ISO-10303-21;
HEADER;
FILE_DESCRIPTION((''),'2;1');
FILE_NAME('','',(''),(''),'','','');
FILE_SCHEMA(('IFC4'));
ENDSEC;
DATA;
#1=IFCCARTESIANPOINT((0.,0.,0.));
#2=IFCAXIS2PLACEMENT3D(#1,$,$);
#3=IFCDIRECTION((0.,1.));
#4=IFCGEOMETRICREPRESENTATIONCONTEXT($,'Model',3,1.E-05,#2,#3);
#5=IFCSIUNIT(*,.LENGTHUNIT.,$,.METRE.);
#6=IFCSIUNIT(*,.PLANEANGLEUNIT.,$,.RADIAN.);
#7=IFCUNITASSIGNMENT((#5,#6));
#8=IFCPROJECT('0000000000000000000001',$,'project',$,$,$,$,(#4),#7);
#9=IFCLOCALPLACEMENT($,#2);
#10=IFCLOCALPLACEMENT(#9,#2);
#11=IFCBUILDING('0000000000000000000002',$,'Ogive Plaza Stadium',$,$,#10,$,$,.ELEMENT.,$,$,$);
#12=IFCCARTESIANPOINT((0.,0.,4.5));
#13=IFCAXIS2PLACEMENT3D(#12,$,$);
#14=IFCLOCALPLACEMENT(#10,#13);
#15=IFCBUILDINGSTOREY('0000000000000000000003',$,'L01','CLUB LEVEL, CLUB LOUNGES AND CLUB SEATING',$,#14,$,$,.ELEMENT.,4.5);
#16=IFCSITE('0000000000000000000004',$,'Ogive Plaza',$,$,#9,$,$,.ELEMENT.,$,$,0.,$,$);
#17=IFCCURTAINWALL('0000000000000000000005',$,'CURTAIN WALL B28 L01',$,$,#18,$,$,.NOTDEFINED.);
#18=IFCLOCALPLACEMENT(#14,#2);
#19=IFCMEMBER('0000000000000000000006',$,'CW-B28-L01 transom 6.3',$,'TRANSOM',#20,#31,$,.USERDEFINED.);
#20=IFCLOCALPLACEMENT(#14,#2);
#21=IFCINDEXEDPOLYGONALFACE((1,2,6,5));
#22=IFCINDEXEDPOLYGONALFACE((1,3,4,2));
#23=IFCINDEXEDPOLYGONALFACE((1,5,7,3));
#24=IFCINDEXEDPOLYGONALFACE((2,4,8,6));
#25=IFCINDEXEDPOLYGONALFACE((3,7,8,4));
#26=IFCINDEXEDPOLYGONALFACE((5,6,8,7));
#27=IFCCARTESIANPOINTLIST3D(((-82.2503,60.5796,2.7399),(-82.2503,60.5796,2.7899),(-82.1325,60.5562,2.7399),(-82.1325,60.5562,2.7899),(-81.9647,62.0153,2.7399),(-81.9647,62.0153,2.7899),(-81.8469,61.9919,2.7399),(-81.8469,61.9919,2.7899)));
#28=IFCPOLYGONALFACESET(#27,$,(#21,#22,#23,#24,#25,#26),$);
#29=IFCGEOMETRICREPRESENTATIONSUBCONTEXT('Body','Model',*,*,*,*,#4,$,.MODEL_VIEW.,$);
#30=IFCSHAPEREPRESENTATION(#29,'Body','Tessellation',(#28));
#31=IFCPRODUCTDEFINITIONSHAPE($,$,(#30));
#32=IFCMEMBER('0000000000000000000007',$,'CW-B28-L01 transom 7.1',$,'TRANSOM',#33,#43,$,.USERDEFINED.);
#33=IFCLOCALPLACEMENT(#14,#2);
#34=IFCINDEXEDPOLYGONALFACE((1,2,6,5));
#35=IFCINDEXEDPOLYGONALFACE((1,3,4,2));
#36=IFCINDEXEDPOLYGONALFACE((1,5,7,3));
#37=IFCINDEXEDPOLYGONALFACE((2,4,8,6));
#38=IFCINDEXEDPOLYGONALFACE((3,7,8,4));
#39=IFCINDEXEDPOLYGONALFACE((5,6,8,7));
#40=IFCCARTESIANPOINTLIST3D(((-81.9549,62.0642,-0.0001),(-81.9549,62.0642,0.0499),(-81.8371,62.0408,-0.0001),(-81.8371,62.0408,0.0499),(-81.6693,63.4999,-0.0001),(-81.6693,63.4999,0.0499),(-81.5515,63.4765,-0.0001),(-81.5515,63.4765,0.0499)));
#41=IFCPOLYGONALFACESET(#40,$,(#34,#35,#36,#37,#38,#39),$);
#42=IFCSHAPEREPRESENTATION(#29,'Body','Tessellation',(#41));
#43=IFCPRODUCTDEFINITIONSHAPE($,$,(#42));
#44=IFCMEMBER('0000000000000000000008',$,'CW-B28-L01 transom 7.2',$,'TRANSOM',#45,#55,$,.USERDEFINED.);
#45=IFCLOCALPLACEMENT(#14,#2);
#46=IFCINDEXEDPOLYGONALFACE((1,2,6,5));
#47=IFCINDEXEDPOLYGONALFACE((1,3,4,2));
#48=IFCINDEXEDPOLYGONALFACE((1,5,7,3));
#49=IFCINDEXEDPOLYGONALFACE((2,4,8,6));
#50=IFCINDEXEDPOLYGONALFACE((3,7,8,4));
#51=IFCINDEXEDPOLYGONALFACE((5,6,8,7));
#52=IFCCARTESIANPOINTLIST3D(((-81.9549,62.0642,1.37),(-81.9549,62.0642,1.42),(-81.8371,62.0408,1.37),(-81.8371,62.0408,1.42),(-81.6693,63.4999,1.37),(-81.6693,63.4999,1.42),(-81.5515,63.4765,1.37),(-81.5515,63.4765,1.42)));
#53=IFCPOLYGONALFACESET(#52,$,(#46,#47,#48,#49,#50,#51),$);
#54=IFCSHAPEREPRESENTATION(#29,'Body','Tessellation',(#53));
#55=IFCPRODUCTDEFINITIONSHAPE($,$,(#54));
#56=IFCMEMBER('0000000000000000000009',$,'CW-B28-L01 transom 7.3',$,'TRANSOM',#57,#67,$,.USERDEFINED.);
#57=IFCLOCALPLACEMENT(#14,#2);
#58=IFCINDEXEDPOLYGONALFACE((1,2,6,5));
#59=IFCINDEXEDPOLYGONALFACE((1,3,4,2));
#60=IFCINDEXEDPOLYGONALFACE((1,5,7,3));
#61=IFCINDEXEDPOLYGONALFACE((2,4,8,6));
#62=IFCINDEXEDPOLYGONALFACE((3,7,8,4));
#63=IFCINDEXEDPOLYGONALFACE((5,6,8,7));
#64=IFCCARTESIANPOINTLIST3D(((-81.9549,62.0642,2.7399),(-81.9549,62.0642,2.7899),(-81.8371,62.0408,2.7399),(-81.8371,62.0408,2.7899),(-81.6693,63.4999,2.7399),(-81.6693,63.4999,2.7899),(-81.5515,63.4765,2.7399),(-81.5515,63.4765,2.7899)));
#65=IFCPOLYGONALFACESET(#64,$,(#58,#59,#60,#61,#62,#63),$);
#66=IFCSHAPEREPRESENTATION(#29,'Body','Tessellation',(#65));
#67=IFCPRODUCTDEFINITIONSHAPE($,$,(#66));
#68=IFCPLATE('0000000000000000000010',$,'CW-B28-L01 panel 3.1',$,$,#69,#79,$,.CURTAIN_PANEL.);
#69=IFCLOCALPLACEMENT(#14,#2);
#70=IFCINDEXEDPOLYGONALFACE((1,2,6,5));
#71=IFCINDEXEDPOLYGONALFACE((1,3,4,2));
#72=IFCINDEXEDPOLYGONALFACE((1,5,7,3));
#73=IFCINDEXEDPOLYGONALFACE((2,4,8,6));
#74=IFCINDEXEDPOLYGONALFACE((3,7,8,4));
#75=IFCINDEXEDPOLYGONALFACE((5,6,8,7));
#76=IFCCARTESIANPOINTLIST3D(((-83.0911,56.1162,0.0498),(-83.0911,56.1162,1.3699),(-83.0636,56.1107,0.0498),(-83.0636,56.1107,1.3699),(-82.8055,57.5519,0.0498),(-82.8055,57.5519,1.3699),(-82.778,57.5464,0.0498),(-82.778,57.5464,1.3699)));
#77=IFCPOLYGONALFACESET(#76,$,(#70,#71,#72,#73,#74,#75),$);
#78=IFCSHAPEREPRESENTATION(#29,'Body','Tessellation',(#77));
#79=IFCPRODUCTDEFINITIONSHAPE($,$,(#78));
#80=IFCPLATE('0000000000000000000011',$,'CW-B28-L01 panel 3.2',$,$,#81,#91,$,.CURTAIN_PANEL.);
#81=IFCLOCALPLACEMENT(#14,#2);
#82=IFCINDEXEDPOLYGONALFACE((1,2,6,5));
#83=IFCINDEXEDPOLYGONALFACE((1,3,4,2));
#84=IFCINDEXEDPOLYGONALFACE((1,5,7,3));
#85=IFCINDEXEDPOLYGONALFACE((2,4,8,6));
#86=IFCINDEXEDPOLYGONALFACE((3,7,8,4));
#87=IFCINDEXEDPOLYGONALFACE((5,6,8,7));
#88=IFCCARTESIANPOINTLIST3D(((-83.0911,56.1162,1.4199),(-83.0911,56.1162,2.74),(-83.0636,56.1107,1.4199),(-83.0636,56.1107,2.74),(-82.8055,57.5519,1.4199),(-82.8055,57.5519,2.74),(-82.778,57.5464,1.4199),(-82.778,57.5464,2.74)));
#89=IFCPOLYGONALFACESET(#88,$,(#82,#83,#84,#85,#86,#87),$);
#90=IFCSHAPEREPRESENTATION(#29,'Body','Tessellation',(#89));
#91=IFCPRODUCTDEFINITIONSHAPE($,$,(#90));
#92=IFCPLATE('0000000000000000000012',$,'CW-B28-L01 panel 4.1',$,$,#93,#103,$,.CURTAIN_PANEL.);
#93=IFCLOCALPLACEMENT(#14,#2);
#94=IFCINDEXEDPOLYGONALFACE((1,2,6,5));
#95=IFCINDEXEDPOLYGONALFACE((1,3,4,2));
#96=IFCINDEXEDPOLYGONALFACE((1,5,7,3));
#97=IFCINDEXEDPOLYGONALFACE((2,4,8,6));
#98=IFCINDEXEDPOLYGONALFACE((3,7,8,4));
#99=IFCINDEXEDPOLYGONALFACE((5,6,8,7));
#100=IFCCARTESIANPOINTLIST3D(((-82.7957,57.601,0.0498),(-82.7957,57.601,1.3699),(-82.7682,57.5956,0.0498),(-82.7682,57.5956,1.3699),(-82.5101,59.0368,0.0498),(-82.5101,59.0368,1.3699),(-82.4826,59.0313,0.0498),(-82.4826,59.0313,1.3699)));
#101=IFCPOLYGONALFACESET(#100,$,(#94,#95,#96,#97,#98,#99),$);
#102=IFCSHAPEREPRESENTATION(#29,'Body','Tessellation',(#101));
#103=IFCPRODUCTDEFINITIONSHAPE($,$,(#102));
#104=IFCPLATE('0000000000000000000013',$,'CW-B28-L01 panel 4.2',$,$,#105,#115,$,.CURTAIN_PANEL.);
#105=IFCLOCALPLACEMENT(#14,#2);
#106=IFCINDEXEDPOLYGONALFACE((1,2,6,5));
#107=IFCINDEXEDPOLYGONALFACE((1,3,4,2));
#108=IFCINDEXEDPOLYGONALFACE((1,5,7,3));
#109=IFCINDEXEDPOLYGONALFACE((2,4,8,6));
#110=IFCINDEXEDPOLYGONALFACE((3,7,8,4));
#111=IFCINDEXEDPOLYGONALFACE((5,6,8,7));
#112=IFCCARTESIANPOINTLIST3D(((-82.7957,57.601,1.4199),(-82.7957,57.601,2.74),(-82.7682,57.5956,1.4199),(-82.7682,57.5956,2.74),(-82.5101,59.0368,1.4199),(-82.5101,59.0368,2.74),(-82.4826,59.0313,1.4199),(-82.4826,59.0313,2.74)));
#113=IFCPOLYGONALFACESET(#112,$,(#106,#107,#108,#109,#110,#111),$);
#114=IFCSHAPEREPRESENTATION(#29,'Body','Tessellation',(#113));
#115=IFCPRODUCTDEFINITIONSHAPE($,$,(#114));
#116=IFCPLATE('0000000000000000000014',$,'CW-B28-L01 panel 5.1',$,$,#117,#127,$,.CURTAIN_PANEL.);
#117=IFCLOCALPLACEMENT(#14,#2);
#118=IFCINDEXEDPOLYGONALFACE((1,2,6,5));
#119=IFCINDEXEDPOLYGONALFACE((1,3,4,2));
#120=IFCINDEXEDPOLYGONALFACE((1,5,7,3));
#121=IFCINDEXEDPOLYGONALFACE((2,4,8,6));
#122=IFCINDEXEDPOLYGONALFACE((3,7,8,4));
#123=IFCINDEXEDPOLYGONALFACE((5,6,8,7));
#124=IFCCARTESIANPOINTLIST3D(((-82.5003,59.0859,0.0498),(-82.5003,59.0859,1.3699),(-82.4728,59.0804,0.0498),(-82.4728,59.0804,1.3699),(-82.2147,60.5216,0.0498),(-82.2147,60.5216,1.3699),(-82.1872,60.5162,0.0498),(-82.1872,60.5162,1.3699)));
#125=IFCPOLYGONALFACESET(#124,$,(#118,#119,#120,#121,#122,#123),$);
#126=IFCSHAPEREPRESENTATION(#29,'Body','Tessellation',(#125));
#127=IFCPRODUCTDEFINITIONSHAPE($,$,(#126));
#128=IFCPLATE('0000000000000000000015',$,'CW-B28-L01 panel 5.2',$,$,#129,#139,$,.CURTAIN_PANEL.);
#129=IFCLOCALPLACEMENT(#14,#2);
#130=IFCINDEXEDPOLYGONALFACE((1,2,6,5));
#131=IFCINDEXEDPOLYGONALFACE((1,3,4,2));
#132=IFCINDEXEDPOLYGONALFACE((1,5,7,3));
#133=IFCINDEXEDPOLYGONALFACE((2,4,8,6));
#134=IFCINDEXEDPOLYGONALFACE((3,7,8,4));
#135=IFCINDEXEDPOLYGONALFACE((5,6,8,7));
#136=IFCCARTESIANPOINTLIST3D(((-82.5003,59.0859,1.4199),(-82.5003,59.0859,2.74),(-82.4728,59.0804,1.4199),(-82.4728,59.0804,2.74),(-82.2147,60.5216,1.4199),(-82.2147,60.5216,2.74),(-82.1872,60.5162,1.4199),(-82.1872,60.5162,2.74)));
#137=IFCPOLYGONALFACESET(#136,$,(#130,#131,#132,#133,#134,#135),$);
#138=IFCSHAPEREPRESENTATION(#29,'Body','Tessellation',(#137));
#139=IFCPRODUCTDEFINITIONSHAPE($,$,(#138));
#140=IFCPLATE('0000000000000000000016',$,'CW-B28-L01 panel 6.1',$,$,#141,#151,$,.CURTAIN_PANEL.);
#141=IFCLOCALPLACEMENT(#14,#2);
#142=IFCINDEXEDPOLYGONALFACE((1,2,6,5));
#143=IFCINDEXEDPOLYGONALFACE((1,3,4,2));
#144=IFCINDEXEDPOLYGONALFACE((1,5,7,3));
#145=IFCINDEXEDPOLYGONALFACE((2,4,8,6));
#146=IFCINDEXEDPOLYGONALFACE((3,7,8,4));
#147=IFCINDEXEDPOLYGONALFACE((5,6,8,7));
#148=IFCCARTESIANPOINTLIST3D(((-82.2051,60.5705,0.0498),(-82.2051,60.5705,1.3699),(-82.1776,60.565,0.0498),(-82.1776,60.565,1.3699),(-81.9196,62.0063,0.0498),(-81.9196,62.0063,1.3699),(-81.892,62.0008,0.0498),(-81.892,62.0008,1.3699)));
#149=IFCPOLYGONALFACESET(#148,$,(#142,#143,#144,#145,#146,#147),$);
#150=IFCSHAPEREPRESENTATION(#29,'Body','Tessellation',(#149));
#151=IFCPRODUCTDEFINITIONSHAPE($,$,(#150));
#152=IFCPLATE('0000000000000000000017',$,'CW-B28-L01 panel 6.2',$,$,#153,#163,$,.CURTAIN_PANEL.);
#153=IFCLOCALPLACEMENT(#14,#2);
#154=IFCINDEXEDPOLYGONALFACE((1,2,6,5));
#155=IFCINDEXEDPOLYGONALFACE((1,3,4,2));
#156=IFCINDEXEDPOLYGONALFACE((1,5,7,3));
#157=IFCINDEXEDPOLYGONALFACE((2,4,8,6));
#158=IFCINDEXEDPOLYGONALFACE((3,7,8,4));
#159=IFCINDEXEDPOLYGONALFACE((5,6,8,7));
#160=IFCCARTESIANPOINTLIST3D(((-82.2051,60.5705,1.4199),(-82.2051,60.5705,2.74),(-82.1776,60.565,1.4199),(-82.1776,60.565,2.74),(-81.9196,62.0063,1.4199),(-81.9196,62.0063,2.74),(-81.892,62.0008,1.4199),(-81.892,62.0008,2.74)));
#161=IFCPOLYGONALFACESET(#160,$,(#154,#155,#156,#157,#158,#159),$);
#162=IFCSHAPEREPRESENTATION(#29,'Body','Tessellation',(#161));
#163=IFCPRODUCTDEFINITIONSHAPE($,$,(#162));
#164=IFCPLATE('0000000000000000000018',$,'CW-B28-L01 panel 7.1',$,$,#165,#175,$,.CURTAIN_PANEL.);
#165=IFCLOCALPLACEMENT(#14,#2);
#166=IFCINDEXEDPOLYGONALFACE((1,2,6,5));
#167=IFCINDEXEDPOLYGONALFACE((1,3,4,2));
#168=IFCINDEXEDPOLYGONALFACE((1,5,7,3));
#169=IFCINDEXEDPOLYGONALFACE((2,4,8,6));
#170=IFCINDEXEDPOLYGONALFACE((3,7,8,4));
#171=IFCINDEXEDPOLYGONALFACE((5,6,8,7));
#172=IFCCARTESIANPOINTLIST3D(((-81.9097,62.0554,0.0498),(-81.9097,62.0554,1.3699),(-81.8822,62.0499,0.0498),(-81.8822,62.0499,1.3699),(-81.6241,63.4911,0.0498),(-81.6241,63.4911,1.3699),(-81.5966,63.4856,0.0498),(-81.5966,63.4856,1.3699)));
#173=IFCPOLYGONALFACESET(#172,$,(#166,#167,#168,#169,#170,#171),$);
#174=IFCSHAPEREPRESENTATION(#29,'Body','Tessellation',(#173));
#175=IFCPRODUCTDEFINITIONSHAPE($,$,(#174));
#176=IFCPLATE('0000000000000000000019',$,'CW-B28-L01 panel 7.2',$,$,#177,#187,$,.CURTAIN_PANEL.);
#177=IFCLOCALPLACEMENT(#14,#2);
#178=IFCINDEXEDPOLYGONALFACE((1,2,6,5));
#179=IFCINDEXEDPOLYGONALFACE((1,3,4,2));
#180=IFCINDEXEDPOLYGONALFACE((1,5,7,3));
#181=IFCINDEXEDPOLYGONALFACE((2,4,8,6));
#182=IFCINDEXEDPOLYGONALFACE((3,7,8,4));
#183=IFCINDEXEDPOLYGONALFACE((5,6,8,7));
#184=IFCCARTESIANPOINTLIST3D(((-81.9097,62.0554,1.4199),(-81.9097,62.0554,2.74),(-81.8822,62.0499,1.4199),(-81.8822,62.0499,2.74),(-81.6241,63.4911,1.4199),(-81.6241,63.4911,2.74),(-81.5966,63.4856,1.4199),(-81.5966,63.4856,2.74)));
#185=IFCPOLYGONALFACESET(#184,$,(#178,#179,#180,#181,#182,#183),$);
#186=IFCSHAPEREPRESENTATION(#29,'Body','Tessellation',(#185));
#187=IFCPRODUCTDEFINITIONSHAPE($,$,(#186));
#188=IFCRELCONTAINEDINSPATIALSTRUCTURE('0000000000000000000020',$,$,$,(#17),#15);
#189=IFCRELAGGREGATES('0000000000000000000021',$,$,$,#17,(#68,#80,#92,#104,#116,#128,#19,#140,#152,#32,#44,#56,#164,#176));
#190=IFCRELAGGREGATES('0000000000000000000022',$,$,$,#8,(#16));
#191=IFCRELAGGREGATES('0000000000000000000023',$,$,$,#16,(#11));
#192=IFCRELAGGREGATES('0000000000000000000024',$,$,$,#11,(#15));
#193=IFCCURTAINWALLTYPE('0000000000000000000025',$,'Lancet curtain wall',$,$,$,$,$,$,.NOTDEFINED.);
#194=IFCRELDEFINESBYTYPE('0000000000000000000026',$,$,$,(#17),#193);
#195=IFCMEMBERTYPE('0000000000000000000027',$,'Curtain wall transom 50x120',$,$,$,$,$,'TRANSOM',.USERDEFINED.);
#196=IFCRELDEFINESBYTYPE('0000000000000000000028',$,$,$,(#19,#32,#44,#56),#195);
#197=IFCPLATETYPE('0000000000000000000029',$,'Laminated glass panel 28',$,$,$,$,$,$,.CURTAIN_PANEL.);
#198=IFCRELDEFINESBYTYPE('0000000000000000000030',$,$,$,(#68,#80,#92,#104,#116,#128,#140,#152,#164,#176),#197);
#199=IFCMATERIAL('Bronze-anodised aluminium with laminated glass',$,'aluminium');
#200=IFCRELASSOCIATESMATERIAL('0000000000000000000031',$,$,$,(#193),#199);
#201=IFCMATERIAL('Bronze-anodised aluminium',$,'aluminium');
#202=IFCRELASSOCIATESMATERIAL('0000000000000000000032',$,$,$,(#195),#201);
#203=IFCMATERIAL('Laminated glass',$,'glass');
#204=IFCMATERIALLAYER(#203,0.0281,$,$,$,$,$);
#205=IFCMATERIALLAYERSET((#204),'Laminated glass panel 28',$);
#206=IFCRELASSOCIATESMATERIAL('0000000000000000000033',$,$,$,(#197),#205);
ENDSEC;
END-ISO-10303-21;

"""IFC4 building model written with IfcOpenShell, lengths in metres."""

from ifc_helpers import new_model, si_unit, direction, frame, origin, origin_2d, place, context, subcontext, project, spatial, rectangle, extrude, material, layer, layer_set, material_profile, profile_set, type_object, element, aggregate, save


model = new_model("IFC4")

# Units and contexts
model_context = context("Model", 3, precision=1e-05, world=origin(), true_north=direction((0.0, 1.0)))
body_context = subcontext(model_context, "Body", "Model", "MODEL_VIEW")
ifc_project = project(units=[si_unit("LENGTHUNIT", "METRE"), si_unit("PLANEANGLEUNIT", "RADIAN")], contexts=[model_context])

# Site, building, storey
site_placement = place(None, origin())
site = spatial("IfcSite", under=ifc_project, at=site_placement, Name="Ogive Plaza", CompositionType="ELEMENT", RefElevation=0.0)
building_placement = place(site_placement, origin())
building = spatial("IfcBuilding", under=site, at=building_placement, Name="Ogive Plaza Stadium", CompositionType="ELEMENT")
storey_placement = place(building_placement, frame((0.0, 0.0, 4.5)))
storey = spatial("IfcBuildingStorey", under=building, at=storey_placement, Name="L01", Description="CLUB LEVEL, CLUB LOUNGES AND CLUB SEATING", CompositionType="ELEMENT", Elevation=4.5)

# Curtain wall, members, plates
ifc_material_1 = material(Name="Bronze-anodised aluminium with laminated glass", Category="aluminium")
curtain_wall_type = type_object("IfcCurtainWallType", Name="Lancet curtain wall", PredefinedType="NOTDEFINED", material=ifc_material_1)
curtain_wall_placement = place(storey_placement, origin())
curtain_wall = element("IfcCurtainWall", 1, at=curtain_wall_placement, inside=storey, type_object=curtain_wall_type, Name="CURTAIN WALL B28 L01", PredefinedType="NOTDEFINED")
ifc_material_2 = material(Name="Bronze-anodised aluminium", Category="aluminium")
ifc_material_profile_1 = material_profile(ifc_material_2, rectangle(XDim=0.1201, YDim=0.05, at=origin_2d()), Name="AL 120x50")
ifc_profile_set_1 = profile_set([ifc_material_profile_1], Name="Bronze-anodised aluminium")
member_type_1 = type_object("IfcMemberType", Name="Curtain wall transom 50x120", ElementType="TRANSOM", PredefinedType="USERDEFINED", material=ifc_profile_set_1)
member_1_placement = place(storey_placement, frame((-82.1914, 60.5679, 2.7649), z_axis=(0.195122, 0.980779, 0.0), x_axis=(-0.980779, 0.195122, 0.0)))
member_1 = element("IfcMember", 2, at=member_1_placement, type_object=member_type_1, Name="CW-B28-L01 transom 6.3", ObjectType="TRANSOM", PredefinedType="USERDEFINED", context=body_context, shape_type="SweptSolid", body=[
    extrude(rectangle(XDim=0.1201, YDim=0.05, at=origin_2d()), origin(), (0.0, 0.0, 1.0), 1.4639),
])
member_2_placement = place(storey_placement, frame((-81.896, 62.0525, 0.0249), z_axis=(0.195122, 0.980779, 0.0), x_axis=(-0.980779, 0.195122, 0.0)))
member_2 = element("IfcMember", 3, at=member_2_placement, type_object=member_type_1, Name="CW-B28-L01 transom 7.1", ObjectType="TRANSOM", PredefinedType="USERDEFINED", context=body_context, shape_type="SweptSolid", body=[
    extrude(rectangle(XDim=0.1201, YDim=0.05, at=origin_2d()), origin(), (0.0, 0.0, 1.0), 1.4639),
])
member_3_placement = place(storey_placement, frame((-81.896, 62.0525, 1.395), z_axis=(0.195122, 0.980779, 0.0), x_axis=(-0.980779, 0.195122, 0.0)))
member_3 = element("IfcMember", 4, at=member_3_placement, type_object=member_type_1, Name="CW-B28-L01 transom 7.2", ObjectType="TRANSOM", PredefinedType="USERDEFINED", context=body_context, shape_type="SweptSolid", body=[
    extrude(rectangle(XDim=0.1201, YDim=0.05, at=origin_2d()), origin(), (0.0, 0.0, 1.0), 1.4639),
])
member_4_placement = place(storey_placement, frame((-81.896, 62.0525, 2.7649), z_axis=(0.195122, 0.980779, 0.0), x_axis=(-0.980779, 0.195122, 0.0)))
member_4 = element("IfcMember", 5, at=member_4_placement, type_object=member_type_1, Name="CW-B28-L01 transom 7.3", ObjectType="TRANSOM", PredefinedType="USERDEFINED", context=body_context, shape_type="SweptSolid", body=[
    extrude(rectangle(XDim=0.1201, YDim=0.05, at=origin_2d()), origin(), (0.0, 0.0, 1.0), 1.4639),
])
ifc_material_3 = material(Name="Laminated glass", Category="glass")
ifc_layer_1 = layer(ifc_material_3, 0.0281)
ifc_layer_set_1 = layer_set([ifc_layer_1], Name="Laminated glass panel 28")
plate_type = type_object("IfcPlateType", Name="Laminated glass panel 28", PredefinedType="CURTAIN_PANEL", material=ifc_layer_set_1)
plate_1_placement = place(storey_placement, frame((-82.9346, 56.8313, 0.0498), z_axis=(0.0, 0.0, 1.0), x_axis=(0.19509, 0.980785, 0.0)))
plate_1 = element("IfcPlate", 6, at=plate_1_placement, type_object=plate_type, Name="CW-B28-L01 panel 3.1", PredefinedType="CURTAIN_PANEL", context=body_context, shape_type="SweptSolid", body=[
    extrude(rectangle(XDim=1.4639, YDim=0.0281, at=origin_2d()), origin(), (0.0, 0.0, 1.0), 1.3201),
])
plate_2_placement = place(storey_placement, frame((-82.9346, 56.8313, 1.4199), z_axis=(0.0, 0.0, 1.0), x_axis=(0.19509, 0.980785, 0.0)))
plate_2 = element("IfcPlate", 7, at=plate_2_placement, type_object=plate_type, Name="CW-B28-L01 panel 3.2", PredefinedType="CURTAIN_PANEL", context=body_context, shape_type="SweptSolid", body=[
    extrude(rectangle(XDim=1.4639, YDim=0.0281, at=origin_2d()), origin(), (0.0, 0.0, 1.0), 1.3201),
])
plate_3_placement = place(storey_placement, frame((-82.6392, 58.3162, 0.0498), z_axis=(0.0, 0.0, 1.0), x_axis=(0.19509, 0.980785, 0.0)))
plate_3 = element("IfcPlate", 8, at=plate_3_placement, type_object=plate_type, Name="CW-B28-L01 panel 4.1", PredefinedType="CURTAIN_PANEL", context=body_context, shape_type="SweptSolid", body=[
    extrude(rectangle(XDim=1.4639, YDim=0.0281, at=origin_2d()), origin(), (0.0, 0.0, 1.0), 1.3201),
])
plate_4_placement = place(storey_placement, frame((-82.6392, 58.3162, 1.4199), z_axis=(0.0, 0.0, 1.0), x_axis=(0.19509, 0.980785, 0.0)))
plate_4 = element("IfcPlate", 9, at=plate_4_placement, type_object=plate_type, Name="CW-B28-L01 panel 4.2", PredefinedType="CURTAIN_PANEL", context=body_context, shape_type="SweptSolid", body=[
    extrude(rectangle(XDim=1.4639, YDim=0.0281, at=origin_2d()), origin(), (0.0, 0.0, 1.0), 1.3201),
])
plate_5_placement = place(storey_placement, frame((-82.3438, 59.801, 0.0498), z_axis=(0.0, 0.0, 1.0), x_axis=(0.19509, 0.980785, 0.0)))
plate_5 = element("IfcPlate", 10, at=plate_5_placement, type_object=plate_type, Name="CW-B28-L01 panel 5.1", PredefinedType="CURTAIN_PANEL", context=body_context, shape_type="SweptSolid", body=[
    extrude(rectangle(XDim=1.4639, YDim=0.0281, at=origin_2d()), origin(), (0.0, 0.0, 1.0), 1.3201),
])
plate_6_placement = place(storey_placement, frame((-82.3438, 59.801, 1.4199), z_axis=(0.0, 0.0, 1.0), x_axis=(0.19509, 0.980785, 0.0)))
plate_6 = element("IfcPlate", 11, at=plate_6_placement, type_object=plate_type, Name="CW-B28-L01 panel 5.2", PredefinedType="CURTAIN_PANEL", context=body_context, shape_type="SweptSolid", body=[
    extrude(rectangle(XDim=1.4639, YDim=0.0281, at=origin_2d()), origin(), (0.0, 0.0, 1.0), 1.3201),
])
plate_7_placement = place(storey_placement, frame((-82.0486, 61.2856, 0.0498), z_axis=(0.0, 0.0, 1.0), x_axis=(0.19509, 0.980785, 0.0)))
plate_7 = element("IfcPlate", 12, at=plate_7_placement, type_object=plate_type, Name="CW-B28-L01 panel 6.1", PredefinedType="CURTAIN_PANEL", context=body_context, shape_type="SweptSolid", body=[
    extrude(rectangle(XDim=1.4639, YDim=0.0281, at=origin_2d()), origin(), (0.0, 0.0, 1.0), 1.3201),
])
plate_8_placement = place(storey_placement, frame((-82.0486, 61.2856, 1.4199), z_axis=(0.0, 0.0, 1.0), x_axis=(0.19509, 0.980785, 0.0)))
plate_8 = element("IfcPlate", 13, at=plate_8_placement, type_object=plate_type, Name="CW-B28-L01 panel 6.2", PredefinedType="CURTAIN_PANEL", context=body_context, shape_type="SweptSolid", body=[
    extrude(rectangle(XDim=1.4639, YDim=0.0281, at=origin_2d()), origin(), (0.0, 0.0, 1.0), 1.3201),
])
plate_9_placement = place(storey_placement, frame((-81.7532, 62.7705, 0.0498), z_axis=(0.0, 0.0, 1.0), x_axis=(0.19509, 0.980785, 0.0)))
plate_9 = element("IfcPlate", 14, at=plate_9_placement, type_object=plate_type, Name="CW-B28-L01 panel 7.1", PredefinedType="CURTAIN_PANEL", context=body_context, shape_type="SweptSolid", body=[
    extrude(rectangle(XDim=1.4639, YDim=0.0281, at=origin_2d()), origin(), (0.0, 0.0, 1.0), 1.3201),
])
plate_10_placement = place(storey_placement, frame((-81.7532, 62.7705, 1.4199), z_axis=(0.0, 0.0, 1.0), x_axis=(0.19509, 0.980785, 0.0)))
plate_10 = element("IfcPlate", 15, at=plate_10_placement, type_object=plate_type, Name="CW-B28-L01 panel 7.2", PredefinedType="CURTAIN_PANEL", context=body_context, shape_type="SweptSolid", body=[
    extrude(rectangle(XDim=1.4639, YDim=0.0281, at=origin_2d()), origin(), (0.0, 0.0, 1.0), 1.3201),
])
aggregate(curtain_wall, [plate_1, plate_2, plate_3, plate_4, plate_5, plate_6, member_1, plate_7, plate_8, member_2, member_3, member_4, plate_9, plate_10])

save(model, "model.ifc")
